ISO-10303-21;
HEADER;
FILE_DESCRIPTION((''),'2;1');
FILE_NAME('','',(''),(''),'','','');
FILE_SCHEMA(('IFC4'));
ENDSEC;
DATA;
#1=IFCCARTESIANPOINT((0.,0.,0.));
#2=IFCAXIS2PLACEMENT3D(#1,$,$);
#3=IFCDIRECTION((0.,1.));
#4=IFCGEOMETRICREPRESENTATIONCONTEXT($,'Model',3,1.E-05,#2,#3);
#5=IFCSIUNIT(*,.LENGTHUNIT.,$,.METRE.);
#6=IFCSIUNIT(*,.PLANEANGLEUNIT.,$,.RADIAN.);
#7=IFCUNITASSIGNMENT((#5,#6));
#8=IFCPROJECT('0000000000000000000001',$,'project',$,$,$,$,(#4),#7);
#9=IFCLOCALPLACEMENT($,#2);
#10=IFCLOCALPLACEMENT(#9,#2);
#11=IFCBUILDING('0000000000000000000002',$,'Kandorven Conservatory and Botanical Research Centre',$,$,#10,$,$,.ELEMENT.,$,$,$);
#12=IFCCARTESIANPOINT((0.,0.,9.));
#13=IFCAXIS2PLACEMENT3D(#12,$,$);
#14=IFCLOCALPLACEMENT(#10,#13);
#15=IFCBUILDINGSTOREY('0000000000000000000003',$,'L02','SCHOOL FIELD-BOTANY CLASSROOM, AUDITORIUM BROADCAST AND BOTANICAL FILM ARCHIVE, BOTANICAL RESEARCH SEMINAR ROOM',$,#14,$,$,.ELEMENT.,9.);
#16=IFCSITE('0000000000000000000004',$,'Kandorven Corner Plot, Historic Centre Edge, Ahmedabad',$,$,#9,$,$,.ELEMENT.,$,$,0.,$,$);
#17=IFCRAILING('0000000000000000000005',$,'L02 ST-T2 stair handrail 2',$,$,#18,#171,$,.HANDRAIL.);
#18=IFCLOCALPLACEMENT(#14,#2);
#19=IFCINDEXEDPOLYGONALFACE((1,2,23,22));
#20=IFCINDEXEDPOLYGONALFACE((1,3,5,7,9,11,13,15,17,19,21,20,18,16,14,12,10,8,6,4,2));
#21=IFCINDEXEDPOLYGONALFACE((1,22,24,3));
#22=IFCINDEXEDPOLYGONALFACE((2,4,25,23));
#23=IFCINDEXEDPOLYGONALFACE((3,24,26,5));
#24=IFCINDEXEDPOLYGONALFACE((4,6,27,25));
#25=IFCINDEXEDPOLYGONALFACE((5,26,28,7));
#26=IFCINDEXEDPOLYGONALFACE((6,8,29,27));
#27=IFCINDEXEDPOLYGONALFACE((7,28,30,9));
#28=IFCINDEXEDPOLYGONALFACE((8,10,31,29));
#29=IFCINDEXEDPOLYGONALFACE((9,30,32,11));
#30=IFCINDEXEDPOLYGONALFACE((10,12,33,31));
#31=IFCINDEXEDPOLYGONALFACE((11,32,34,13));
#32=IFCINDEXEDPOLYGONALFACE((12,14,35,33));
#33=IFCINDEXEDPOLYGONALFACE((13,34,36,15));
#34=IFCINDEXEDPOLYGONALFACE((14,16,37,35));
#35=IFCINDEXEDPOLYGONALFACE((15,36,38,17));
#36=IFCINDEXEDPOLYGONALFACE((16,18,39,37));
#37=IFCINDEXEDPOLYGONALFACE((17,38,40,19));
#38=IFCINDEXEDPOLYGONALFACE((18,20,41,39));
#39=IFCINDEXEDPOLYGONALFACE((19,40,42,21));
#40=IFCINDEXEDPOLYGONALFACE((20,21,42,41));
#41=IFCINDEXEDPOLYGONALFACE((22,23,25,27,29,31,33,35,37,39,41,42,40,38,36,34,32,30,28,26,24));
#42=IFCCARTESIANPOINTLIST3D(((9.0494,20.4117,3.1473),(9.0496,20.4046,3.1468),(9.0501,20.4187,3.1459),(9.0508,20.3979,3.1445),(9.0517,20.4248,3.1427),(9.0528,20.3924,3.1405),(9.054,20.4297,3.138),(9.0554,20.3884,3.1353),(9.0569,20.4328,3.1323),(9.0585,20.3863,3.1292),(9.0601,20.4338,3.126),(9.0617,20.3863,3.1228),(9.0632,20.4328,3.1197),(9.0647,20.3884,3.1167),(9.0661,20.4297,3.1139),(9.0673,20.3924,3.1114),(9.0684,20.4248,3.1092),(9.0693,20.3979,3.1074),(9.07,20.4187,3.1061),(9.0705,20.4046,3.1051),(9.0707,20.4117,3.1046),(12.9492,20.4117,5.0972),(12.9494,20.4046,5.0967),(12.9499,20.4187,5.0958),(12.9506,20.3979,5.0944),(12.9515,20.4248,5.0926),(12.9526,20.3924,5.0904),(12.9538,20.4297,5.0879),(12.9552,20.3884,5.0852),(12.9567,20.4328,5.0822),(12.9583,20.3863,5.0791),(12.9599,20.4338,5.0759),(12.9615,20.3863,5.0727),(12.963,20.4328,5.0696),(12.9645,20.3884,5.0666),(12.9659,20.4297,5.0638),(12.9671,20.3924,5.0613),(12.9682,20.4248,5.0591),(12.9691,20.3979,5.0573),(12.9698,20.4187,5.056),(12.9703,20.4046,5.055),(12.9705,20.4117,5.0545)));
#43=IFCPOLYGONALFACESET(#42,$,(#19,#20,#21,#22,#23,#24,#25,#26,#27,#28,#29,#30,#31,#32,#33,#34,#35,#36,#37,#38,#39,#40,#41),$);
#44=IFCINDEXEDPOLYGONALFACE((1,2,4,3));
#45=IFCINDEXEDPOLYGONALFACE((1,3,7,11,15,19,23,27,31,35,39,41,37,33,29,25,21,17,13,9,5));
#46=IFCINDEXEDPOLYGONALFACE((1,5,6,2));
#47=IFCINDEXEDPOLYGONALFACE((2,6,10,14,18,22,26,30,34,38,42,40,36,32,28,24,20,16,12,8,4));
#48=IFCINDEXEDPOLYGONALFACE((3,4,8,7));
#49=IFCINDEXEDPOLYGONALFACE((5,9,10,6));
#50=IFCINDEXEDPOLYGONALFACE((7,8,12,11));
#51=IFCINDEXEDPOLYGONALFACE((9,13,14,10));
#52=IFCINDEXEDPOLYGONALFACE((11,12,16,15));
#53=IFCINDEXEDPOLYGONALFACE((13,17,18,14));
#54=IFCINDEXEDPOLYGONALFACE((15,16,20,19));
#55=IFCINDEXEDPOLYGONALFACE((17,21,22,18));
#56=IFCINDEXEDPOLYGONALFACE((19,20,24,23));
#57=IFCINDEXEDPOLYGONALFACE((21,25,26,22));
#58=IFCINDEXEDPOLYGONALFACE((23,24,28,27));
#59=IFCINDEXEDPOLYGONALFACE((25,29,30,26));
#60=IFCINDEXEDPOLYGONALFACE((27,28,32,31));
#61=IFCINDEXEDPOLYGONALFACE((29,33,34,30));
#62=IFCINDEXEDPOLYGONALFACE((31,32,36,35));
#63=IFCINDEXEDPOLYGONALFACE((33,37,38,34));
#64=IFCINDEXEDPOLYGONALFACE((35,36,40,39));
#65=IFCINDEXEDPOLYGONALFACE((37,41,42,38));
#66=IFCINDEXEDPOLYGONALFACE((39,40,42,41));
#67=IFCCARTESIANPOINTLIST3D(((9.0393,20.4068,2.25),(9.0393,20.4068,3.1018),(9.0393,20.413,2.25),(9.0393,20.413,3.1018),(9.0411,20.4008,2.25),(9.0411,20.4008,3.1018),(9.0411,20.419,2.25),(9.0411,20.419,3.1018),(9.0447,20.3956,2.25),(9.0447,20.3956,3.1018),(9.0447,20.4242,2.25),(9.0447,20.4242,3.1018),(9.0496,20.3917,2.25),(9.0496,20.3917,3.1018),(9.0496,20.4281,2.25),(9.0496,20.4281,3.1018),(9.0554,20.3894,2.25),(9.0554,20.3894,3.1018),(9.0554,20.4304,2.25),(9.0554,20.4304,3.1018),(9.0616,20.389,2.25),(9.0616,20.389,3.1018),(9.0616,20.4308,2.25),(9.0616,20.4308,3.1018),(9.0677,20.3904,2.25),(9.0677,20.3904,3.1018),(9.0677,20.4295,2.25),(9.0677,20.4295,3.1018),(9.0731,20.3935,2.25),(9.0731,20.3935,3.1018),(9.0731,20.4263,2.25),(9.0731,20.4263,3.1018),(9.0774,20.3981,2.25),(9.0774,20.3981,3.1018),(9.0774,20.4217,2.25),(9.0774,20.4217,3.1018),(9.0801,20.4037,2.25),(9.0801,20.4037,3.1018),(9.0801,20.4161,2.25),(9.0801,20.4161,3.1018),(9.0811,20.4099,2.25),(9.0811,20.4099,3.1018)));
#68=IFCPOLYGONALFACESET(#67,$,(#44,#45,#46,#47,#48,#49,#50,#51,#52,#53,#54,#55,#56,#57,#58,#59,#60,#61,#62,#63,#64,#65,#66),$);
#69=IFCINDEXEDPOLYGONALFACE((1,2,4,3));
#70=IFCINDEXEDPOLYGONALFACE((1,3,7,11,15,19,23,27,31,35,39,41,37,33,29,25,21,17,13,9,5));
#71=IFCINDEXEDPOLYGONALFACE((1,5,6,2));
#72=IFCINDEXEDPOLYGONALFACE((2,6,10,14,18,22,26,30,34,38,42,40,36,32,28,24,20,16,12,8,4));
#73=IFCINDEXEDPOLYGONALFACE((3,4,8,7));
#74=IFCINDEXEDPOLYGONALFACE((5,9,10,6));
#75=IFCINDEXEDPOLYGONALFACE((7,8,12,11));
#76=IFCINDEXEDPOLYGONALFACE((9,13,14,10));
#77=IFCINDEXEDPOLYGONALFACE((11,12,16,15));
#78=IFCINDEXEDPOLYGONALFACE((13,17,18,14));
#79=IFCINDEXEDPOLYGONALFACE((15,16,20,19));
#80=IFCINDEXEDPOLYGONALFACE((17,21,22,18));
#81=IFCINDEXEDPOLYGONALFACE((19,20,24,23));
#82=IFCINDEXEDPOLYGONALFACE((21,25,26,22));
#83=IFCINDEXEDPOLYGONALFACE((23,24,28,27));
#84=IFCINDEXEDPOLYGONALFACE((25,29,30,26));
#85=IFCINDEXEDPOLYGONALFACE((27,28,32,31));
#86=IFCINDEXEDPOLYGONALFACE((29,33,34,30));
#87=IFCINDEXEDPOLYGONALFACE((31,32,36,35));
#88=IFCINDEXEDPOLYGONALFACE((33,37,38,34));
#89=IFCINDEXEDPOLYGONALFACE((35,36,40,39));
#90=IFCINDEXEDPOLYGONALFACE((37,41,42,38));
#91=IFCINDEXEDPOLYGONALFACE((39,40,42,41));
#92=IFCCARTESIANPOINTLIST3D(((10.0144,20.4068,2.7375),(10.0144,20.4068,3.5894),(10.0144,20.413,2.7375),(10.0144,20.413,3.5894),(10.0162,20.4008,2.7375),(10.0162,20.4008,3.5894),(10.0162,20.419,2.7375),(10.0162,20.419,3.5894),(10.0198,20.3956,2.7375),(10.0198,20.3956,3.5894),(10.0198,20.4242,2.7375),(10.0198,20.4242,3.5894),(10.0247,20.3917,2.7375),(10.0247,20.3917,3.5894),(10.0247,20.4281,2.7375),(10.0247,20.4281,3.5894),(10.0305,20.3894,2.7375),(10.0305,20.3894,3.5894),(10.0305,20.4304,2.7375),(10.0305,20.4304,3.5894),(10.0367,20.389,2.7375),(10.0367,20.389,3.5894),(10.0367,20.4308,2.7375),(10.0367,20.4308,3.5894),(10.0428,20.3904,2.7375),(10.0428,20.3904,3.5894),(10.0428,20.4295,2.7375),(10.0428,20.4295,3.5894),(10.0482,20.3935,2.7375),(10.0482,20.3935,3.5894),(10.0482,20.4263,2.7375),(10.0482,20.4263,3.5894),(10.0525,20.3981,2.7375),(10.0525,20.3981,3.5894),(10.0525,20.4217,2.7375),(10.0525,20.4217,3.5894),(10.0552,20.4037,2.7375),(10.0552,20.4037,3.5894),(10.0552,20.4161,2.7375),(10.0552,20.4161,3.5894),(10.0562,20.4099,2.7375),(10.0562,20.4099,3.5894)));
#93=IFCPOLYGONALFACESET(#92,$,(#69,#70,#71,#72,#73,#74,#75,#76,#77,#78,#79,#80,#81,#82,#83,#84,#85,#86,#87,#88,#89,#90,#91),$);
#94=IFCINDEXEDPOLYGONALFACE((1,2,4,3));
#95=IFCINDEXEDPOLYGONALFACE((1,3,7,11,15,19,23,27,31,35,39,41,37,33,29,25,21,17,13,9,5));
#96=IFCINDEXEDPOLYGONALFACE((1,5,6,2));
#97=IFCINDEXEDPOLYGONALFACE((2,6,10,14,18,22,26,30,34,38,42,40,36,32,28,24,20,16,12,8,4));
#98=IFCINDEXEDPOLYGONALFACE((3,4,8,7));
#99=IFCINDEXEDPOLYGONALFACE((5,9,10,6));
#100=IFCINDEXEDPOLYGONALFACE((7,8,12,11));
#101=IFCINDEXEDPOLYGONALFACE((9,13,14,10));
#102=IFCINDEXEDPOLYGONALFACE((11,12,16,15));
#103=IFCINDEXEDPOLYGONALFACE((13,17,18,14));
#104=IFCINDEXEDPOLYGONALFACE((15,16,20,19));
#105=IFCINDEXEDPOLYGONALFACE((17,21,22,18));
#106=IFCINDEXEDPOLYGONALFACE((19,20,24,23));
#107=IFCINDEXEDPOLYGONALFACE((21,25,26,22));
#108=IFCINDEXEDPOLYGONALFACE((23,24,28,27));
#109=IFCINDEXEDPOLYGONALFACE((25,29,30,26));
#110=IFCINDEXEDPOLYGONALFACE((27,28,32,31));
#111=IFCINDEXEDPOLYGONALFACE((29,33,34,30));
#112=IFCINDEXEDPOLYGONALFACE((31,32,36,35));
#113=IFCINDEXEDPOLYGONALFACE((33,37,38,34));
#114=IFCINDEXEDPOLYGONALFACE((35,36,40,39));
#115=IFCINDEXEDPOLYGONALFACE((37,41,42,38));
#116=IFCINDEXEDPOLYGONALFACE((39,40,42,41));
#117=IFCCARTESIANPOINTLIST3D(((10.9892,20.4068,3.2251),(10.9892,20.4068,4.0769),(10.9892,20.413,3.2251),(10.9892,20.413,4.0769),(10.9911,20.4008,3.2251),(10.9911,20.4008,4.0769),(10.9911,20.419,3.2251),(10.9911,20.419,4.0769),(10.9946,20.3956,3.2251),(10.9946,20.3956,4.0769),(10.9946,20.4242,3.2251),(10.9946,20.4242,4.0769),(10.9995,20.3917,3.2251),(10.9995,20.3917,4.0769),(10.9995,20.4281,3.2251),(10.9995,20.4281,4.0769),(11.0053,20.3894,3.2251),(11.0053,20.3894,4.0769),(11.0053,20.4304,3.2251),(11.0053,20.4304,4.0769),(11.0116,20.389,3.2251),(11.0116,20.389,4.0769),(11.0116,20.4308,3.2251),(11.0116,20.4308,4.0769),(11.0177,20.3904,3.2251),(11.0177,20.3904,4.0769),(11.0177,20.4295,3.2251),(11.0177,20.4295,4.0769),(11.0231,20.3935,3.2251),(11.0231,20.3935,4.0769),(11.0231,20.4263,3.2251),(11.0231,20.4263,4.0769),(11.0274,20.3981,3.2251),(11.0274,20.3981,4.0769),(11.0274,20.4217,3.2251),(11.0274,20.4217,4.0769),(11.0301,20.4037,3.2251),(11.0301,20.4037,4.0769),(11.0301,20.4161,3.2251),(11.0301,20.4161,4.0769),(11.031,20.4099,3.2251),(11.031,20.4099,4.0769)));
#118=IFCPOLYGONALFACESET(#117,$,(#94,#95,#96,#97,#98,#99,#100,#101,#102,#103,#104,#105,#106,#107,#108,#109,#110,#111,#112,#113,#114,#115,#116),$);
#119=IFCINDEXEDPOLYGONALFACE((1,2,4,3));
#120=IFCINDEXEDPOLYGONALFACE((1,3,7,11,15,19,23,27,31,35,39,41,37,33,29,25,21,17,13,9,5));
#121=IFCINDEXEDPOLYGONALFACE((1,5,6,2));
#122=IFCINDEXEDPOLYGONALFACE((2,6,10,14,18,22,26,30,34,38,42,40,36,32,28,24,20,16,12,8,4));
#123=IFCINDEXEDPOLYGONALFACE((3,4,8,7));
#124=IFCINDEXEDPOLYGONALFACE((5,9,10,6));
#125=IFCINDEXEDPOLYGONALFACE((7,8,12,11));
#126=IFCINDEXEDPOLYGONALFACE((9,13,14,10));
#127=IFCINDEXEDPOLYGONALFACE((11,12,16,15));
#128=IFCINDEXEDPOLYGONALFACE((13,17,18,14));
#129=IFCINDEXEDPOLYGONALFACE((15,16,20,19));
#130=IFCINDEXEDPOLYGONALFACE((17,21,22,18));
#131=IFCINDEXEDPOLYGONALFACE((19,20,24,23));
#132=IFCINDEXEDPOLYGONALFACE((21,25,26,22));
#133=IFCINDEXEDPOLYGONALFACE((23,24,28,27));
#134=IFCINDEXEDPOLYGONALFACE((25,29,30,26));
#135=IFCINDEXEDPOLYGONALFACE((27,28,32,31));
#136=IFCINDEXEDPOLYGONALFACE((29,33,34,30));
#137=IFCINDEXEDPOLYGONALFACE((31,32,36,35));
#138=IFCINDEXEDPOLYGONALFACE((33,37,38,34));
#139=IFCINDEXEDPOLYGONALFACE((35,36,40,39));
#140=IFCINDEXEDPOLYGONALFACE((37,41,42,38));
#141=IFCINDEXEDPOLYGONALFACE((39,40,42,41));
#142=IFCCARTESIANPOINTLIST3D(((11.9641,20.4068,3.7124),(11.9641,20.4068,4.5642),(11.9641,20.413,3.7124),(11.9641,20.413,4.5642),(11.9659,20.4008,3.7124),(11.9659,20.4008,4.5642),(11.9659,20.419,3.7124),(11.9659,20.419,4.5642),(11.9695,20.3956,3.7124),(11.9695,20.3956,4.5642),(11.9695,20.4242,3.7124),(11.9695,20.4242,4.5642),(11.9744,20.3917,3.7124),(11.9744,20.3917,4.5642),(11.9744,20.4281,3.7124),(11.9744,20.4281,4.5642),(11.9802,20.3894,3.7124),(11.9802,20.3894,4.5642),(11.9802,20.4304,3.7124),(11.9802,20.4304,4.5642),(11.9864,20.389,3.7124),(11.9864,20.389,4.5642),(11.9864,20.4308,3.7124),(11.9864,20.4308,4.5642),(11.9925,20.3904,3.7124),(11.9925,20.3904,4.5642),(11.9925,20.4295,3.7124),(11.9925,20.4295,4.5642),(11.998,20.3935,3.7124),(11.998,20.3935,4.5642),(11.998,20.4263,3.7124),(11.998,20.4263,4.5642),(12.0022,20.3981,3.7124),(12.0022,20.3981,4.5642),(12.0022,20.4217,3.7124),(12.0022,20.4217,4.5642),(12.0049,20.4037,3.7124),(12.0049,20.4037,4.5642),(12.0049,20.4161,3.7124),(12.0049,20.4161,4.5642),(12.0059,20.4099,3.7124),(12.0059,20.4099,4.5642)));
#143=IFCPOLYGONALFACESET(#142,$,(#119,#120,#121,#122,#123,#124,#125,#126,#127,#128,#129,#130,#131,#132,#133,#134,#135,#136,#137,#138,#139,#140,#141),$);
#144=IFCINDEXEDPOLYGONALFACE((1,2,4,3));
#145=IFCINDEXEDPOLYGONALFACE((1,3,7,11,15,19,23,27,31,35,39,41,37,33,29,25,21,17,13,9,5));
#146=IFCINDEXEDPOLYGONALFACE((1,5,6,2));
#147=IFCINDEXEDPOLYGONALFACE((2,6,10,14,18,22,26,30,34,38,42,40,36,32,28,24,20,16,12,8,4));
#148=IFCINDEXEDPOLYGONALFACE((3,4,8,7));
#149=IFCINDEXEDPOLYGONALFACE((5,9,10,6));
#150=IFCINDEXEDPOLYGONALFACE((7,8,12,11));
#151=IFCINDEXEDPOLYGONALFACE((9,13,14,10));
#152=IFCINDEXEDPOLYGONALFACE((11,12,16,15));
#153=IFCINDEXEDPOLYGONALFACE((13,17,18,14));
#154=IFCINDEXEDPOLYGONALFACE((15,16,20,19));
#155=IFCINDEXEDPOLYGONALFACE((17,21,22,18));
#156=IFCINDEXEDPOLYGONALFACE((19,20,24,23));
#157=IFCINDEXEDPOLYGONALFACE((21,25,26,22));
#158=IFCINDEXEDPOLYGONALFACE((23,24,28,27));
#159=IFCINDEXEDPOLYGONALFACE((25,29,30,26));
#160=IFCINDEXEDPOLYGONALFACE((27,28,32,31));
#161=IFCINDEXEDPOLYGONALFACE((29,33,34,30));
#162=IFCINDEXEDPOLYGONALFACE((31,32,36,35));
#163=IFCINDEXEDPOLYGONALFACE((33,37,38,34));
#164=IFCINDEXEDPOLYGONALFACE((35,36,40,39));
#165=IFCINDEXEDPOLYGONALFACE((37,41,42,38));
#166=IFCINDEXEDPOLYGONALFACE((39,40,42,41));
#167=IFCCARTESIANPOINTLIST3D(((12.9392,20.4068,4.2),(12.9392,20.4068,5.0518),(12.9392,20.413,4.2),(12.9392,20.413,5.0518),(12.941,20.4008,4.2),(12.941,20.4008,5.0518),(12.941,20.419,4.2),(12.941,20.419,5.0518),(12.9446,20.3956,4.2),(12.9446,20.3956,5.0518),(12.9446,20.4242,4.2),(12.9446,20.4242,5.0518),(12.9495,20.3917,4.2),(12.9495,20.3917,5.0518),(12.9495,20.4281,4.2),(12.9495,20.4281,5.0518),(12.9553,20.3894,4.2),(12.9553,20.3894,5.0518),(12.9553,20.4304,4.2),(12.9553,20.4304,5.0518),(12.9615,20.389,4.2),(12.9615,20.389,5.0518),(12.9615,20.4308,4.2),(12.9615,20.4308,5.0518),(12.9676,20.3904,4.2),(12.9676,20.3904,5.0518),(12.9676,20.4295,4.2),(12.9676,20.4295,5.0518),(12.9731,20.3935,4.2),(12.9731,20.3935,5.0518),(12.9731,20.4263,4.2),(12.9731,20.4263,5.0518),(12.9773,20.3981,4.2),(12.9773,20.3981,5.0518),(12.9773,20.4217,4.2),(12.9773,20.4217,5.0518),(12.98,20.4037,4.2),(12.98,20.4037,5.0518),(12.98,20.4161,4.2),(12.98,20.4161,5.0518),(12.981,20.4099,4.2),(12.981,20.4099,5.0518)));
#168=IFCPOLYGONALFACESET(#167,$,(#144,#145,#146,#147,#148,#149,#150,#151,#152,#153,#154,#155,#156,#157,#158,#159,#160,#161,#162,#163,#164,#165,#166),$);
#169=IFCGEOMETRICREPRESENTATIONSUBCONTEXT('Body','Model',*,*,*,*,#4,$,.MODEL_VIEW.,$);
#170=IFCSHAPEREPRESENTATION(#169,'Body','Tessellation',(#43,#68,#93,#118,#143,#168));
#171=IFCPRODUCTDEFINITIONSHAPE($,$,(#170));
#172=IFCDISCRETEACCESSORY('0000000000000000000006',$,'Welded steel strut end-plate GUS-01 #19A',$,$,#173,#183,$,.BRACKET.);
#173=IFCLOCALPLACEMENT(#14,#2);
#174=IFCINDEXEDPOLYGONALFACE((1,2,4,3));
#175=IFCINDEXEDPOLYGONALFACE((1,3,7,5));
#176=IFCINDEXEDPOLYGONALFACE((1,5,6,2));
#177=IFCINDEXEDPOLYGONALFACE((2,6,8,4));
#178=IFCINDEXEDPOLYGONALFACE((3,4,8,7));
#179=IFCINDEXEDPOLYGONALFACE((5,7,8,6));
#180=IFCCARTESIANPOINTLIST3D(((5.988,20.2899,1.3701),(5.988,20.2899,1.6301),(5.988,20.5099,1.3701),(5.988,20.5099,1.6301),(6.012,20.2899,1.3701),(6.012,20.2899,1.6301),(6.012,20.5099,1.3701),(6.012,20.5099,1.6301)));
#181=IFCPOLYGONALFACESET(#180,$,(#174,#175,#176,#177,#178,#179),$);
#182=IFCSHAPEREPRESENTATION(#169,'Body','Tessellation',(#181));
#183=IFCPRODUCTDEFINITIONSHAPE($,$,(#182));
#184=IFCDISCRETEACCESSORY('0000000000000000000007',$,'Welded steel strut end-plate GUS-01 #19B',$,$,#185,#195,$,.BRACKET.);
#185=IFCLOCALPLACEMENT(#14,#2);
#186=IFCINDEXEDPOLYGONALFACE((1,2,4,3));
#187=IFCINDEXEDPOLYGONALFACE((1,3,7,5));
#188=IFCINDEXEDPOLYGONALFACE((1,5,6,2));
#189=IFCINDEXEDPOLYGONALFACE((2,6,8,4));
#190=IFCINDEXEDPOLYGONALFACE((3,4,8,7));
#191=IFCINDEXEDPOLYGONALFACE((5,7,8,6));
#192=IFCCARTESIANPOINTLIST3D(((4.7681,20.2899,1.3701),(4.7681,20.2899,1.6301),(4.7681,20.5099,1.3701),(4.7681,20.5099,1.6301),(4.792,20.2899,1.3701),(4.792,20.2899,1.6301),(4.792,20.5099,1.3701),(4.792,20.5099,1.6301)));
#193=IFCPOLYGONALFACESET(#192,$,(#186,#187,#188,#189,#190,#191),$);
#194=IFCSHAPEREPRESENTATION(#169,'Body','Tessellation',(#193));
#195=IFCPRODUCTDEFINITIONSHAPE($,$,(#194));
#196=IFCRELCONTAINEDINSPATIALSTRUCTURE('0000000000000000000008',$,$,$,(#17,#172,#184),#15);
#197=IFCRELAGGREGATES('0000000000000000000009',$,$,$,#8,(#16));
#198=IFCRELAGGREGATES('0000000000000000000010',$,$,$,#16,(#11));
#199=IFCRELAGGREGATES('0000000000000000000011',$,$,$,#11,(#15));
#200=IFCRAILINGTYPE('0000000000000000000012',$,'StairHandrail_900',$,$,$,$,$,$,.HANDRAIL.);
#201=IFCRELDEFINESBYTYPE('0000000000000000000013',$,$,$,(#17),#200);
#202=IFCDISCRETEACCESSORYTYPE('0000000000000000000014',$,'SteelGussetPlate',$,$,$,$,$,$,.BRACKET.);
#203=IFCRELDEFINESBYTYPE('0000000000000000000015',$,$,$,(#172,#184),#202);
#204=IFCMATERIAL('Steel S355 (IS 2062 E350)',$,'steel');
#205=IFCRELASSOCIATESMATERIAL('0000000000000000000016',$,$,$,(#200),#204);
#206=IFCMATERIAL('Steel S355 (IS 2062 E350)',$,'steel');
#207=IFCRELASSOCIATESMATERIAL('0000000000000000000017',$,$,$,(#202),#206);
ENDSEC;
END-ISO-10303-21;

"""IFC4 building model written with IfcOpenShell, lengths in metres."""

from ifc_helpers import new_model, si_unit, direction, frame, origin, origin_2d, place, context, subcontext, project, spatial, rectangle, circle, extrude, material, type_object, element, save


model = new_model("IFC4")

# Units and contexts
model_context = context("Model", 3, precision=1e-05, world=origin(), true_north=direction((0.0, 1.0)))
body_context = subcontext(model_context, "Body", "Model", "MODEL_VIEW")
ifc_project = project(units=[si_unit("LENGTHUNIT", "METRE"), si_unit("PLANEANGLEUNIT", "RADIAN")], contexts=[model_context])

# Site, building, storey
site_placement = place(None, origin())
site = spatial("IfcSite", under=ifc_project, at=site_placement, Name="Kandorven Corner Plot, Historic Centre Edge, Ahmedabad", CompositionType="ELEMENT", RefElevation=0.0)
building_placement = place(site_placement, origin())
building = spatial("IfcBuilding", under=site, at=building_placement, Name="Kandorven Conservatory and Botanical Research Centre", CompositionType="ELEMENT")
storey_placement = place(building_placement, frame((0.0, 0.0, 9.0)))
storey = spatial("IfcBuildingStorey", under=building, at=storey_placement, Name="L02", Description="SCHOOL FIELD-BOTANY CLASSROOM, AUDITORIUM BROADCAST AND BOTANICAL FILM ARCHIVE, BOTANICAL RESEARCH SEMINAR ROOM", CompositionType="ELEMENT", Elevation=9.0)

# Railing
ifc_material_1 = material(Name="Steel S355 (IS 2062 E350)", Category="steel")
railing_type = type_object("IfcRailingType", Name="StairHandrail_900", PredefinedType="HANDRAIL", material=ifc_material_1)
railing_placement = place(storey_placement, frame((9.0601, 20.4099, 2.25)))
element("IfcRailing", 1, at=railing_placement, inside=storey, type_object=railing_type, Name="L02 ST-T2 stair handrail 2", PredefinedType="HANDRAIL", context=body_context, shape_type="SweptSolid", body=[
    extrude(circle(Radius=0.0239, at=origin_2d()), frame((0.0, 0.0, 0.876), z_axis=(0.894427, 0.0, 0.447214), x_axis=(0.0, 1.0, 0.0)), (0.0, 0.0, 1.0), 4.3601),
    extrude(circle(Radius=0.021, at=origin_2d()), origin(), (0.0, 0.0, 1.0), 0.8518),
    extrude(circle(Radius=0.021, at=origin_2d()), frame((0.9751, 0.0, 0.4875)), (0.0, 0.0, 1.0), 0.8518),
    extrude(circle(Radius=0.021, at=origin_2d()), frame((1.95, 0.0, 0.9751)), (0.0, 0.0, 1.0), 0.8518),
    extrude(circle(Radius=0.021, at=origin_2d()), frame((2.9248, 0.0, 1.4624)), (0.0, 0.0, 1.0), 0.8518),
    extrude(circle(Radius=0.021, at=origin_2d()), frame((3.8999, 0.0, 1.95)), (0.0, 0.0, 1.0), 0.8518),
])

# Discrete accessories
ifc_material_2 = material(Name="Steel S355 (IS 2062 E350)", Category="steel")
discrete_accessory_type = type_object("IfcDiscreteAccessoryType", Name="SteelGussetPlate", PredefinedType="BRACKET", material=ifc_material_2)
for number, where, z_axis, x_axis, name in (
    (2, (6.0, 20.3999, 1.3701), (0.0, 0.0, 1.0), (1.0, 0.0, 0.0), "Welded steel strut end-plate GUS-01 #19A"),
    (3, (4.78, 20.3999, 1.3701), (0.0, 0.0, 1.0), (1.0, 0.0, 0.0), "Welded steel strut end-plate GUS-01 #19B"),
):
    element("IfcDiscreteAccessory", number, at=place(storey_placement, frame(where, z_axis=z_axis, x_axis=x_axis)), inside=storey, type_object=discrete_accessory_type, Name=name, PredefinedType="BRACKET", context=body_context, shape_type="SweptSolid", body=[
        extrude(rectangle(XDim=0.0239, YDim=0.22, at=origin_2d()), origin(), (0.0, 0.0, 1.0), 0.26),
    ])

save(model, "model.ifc")
